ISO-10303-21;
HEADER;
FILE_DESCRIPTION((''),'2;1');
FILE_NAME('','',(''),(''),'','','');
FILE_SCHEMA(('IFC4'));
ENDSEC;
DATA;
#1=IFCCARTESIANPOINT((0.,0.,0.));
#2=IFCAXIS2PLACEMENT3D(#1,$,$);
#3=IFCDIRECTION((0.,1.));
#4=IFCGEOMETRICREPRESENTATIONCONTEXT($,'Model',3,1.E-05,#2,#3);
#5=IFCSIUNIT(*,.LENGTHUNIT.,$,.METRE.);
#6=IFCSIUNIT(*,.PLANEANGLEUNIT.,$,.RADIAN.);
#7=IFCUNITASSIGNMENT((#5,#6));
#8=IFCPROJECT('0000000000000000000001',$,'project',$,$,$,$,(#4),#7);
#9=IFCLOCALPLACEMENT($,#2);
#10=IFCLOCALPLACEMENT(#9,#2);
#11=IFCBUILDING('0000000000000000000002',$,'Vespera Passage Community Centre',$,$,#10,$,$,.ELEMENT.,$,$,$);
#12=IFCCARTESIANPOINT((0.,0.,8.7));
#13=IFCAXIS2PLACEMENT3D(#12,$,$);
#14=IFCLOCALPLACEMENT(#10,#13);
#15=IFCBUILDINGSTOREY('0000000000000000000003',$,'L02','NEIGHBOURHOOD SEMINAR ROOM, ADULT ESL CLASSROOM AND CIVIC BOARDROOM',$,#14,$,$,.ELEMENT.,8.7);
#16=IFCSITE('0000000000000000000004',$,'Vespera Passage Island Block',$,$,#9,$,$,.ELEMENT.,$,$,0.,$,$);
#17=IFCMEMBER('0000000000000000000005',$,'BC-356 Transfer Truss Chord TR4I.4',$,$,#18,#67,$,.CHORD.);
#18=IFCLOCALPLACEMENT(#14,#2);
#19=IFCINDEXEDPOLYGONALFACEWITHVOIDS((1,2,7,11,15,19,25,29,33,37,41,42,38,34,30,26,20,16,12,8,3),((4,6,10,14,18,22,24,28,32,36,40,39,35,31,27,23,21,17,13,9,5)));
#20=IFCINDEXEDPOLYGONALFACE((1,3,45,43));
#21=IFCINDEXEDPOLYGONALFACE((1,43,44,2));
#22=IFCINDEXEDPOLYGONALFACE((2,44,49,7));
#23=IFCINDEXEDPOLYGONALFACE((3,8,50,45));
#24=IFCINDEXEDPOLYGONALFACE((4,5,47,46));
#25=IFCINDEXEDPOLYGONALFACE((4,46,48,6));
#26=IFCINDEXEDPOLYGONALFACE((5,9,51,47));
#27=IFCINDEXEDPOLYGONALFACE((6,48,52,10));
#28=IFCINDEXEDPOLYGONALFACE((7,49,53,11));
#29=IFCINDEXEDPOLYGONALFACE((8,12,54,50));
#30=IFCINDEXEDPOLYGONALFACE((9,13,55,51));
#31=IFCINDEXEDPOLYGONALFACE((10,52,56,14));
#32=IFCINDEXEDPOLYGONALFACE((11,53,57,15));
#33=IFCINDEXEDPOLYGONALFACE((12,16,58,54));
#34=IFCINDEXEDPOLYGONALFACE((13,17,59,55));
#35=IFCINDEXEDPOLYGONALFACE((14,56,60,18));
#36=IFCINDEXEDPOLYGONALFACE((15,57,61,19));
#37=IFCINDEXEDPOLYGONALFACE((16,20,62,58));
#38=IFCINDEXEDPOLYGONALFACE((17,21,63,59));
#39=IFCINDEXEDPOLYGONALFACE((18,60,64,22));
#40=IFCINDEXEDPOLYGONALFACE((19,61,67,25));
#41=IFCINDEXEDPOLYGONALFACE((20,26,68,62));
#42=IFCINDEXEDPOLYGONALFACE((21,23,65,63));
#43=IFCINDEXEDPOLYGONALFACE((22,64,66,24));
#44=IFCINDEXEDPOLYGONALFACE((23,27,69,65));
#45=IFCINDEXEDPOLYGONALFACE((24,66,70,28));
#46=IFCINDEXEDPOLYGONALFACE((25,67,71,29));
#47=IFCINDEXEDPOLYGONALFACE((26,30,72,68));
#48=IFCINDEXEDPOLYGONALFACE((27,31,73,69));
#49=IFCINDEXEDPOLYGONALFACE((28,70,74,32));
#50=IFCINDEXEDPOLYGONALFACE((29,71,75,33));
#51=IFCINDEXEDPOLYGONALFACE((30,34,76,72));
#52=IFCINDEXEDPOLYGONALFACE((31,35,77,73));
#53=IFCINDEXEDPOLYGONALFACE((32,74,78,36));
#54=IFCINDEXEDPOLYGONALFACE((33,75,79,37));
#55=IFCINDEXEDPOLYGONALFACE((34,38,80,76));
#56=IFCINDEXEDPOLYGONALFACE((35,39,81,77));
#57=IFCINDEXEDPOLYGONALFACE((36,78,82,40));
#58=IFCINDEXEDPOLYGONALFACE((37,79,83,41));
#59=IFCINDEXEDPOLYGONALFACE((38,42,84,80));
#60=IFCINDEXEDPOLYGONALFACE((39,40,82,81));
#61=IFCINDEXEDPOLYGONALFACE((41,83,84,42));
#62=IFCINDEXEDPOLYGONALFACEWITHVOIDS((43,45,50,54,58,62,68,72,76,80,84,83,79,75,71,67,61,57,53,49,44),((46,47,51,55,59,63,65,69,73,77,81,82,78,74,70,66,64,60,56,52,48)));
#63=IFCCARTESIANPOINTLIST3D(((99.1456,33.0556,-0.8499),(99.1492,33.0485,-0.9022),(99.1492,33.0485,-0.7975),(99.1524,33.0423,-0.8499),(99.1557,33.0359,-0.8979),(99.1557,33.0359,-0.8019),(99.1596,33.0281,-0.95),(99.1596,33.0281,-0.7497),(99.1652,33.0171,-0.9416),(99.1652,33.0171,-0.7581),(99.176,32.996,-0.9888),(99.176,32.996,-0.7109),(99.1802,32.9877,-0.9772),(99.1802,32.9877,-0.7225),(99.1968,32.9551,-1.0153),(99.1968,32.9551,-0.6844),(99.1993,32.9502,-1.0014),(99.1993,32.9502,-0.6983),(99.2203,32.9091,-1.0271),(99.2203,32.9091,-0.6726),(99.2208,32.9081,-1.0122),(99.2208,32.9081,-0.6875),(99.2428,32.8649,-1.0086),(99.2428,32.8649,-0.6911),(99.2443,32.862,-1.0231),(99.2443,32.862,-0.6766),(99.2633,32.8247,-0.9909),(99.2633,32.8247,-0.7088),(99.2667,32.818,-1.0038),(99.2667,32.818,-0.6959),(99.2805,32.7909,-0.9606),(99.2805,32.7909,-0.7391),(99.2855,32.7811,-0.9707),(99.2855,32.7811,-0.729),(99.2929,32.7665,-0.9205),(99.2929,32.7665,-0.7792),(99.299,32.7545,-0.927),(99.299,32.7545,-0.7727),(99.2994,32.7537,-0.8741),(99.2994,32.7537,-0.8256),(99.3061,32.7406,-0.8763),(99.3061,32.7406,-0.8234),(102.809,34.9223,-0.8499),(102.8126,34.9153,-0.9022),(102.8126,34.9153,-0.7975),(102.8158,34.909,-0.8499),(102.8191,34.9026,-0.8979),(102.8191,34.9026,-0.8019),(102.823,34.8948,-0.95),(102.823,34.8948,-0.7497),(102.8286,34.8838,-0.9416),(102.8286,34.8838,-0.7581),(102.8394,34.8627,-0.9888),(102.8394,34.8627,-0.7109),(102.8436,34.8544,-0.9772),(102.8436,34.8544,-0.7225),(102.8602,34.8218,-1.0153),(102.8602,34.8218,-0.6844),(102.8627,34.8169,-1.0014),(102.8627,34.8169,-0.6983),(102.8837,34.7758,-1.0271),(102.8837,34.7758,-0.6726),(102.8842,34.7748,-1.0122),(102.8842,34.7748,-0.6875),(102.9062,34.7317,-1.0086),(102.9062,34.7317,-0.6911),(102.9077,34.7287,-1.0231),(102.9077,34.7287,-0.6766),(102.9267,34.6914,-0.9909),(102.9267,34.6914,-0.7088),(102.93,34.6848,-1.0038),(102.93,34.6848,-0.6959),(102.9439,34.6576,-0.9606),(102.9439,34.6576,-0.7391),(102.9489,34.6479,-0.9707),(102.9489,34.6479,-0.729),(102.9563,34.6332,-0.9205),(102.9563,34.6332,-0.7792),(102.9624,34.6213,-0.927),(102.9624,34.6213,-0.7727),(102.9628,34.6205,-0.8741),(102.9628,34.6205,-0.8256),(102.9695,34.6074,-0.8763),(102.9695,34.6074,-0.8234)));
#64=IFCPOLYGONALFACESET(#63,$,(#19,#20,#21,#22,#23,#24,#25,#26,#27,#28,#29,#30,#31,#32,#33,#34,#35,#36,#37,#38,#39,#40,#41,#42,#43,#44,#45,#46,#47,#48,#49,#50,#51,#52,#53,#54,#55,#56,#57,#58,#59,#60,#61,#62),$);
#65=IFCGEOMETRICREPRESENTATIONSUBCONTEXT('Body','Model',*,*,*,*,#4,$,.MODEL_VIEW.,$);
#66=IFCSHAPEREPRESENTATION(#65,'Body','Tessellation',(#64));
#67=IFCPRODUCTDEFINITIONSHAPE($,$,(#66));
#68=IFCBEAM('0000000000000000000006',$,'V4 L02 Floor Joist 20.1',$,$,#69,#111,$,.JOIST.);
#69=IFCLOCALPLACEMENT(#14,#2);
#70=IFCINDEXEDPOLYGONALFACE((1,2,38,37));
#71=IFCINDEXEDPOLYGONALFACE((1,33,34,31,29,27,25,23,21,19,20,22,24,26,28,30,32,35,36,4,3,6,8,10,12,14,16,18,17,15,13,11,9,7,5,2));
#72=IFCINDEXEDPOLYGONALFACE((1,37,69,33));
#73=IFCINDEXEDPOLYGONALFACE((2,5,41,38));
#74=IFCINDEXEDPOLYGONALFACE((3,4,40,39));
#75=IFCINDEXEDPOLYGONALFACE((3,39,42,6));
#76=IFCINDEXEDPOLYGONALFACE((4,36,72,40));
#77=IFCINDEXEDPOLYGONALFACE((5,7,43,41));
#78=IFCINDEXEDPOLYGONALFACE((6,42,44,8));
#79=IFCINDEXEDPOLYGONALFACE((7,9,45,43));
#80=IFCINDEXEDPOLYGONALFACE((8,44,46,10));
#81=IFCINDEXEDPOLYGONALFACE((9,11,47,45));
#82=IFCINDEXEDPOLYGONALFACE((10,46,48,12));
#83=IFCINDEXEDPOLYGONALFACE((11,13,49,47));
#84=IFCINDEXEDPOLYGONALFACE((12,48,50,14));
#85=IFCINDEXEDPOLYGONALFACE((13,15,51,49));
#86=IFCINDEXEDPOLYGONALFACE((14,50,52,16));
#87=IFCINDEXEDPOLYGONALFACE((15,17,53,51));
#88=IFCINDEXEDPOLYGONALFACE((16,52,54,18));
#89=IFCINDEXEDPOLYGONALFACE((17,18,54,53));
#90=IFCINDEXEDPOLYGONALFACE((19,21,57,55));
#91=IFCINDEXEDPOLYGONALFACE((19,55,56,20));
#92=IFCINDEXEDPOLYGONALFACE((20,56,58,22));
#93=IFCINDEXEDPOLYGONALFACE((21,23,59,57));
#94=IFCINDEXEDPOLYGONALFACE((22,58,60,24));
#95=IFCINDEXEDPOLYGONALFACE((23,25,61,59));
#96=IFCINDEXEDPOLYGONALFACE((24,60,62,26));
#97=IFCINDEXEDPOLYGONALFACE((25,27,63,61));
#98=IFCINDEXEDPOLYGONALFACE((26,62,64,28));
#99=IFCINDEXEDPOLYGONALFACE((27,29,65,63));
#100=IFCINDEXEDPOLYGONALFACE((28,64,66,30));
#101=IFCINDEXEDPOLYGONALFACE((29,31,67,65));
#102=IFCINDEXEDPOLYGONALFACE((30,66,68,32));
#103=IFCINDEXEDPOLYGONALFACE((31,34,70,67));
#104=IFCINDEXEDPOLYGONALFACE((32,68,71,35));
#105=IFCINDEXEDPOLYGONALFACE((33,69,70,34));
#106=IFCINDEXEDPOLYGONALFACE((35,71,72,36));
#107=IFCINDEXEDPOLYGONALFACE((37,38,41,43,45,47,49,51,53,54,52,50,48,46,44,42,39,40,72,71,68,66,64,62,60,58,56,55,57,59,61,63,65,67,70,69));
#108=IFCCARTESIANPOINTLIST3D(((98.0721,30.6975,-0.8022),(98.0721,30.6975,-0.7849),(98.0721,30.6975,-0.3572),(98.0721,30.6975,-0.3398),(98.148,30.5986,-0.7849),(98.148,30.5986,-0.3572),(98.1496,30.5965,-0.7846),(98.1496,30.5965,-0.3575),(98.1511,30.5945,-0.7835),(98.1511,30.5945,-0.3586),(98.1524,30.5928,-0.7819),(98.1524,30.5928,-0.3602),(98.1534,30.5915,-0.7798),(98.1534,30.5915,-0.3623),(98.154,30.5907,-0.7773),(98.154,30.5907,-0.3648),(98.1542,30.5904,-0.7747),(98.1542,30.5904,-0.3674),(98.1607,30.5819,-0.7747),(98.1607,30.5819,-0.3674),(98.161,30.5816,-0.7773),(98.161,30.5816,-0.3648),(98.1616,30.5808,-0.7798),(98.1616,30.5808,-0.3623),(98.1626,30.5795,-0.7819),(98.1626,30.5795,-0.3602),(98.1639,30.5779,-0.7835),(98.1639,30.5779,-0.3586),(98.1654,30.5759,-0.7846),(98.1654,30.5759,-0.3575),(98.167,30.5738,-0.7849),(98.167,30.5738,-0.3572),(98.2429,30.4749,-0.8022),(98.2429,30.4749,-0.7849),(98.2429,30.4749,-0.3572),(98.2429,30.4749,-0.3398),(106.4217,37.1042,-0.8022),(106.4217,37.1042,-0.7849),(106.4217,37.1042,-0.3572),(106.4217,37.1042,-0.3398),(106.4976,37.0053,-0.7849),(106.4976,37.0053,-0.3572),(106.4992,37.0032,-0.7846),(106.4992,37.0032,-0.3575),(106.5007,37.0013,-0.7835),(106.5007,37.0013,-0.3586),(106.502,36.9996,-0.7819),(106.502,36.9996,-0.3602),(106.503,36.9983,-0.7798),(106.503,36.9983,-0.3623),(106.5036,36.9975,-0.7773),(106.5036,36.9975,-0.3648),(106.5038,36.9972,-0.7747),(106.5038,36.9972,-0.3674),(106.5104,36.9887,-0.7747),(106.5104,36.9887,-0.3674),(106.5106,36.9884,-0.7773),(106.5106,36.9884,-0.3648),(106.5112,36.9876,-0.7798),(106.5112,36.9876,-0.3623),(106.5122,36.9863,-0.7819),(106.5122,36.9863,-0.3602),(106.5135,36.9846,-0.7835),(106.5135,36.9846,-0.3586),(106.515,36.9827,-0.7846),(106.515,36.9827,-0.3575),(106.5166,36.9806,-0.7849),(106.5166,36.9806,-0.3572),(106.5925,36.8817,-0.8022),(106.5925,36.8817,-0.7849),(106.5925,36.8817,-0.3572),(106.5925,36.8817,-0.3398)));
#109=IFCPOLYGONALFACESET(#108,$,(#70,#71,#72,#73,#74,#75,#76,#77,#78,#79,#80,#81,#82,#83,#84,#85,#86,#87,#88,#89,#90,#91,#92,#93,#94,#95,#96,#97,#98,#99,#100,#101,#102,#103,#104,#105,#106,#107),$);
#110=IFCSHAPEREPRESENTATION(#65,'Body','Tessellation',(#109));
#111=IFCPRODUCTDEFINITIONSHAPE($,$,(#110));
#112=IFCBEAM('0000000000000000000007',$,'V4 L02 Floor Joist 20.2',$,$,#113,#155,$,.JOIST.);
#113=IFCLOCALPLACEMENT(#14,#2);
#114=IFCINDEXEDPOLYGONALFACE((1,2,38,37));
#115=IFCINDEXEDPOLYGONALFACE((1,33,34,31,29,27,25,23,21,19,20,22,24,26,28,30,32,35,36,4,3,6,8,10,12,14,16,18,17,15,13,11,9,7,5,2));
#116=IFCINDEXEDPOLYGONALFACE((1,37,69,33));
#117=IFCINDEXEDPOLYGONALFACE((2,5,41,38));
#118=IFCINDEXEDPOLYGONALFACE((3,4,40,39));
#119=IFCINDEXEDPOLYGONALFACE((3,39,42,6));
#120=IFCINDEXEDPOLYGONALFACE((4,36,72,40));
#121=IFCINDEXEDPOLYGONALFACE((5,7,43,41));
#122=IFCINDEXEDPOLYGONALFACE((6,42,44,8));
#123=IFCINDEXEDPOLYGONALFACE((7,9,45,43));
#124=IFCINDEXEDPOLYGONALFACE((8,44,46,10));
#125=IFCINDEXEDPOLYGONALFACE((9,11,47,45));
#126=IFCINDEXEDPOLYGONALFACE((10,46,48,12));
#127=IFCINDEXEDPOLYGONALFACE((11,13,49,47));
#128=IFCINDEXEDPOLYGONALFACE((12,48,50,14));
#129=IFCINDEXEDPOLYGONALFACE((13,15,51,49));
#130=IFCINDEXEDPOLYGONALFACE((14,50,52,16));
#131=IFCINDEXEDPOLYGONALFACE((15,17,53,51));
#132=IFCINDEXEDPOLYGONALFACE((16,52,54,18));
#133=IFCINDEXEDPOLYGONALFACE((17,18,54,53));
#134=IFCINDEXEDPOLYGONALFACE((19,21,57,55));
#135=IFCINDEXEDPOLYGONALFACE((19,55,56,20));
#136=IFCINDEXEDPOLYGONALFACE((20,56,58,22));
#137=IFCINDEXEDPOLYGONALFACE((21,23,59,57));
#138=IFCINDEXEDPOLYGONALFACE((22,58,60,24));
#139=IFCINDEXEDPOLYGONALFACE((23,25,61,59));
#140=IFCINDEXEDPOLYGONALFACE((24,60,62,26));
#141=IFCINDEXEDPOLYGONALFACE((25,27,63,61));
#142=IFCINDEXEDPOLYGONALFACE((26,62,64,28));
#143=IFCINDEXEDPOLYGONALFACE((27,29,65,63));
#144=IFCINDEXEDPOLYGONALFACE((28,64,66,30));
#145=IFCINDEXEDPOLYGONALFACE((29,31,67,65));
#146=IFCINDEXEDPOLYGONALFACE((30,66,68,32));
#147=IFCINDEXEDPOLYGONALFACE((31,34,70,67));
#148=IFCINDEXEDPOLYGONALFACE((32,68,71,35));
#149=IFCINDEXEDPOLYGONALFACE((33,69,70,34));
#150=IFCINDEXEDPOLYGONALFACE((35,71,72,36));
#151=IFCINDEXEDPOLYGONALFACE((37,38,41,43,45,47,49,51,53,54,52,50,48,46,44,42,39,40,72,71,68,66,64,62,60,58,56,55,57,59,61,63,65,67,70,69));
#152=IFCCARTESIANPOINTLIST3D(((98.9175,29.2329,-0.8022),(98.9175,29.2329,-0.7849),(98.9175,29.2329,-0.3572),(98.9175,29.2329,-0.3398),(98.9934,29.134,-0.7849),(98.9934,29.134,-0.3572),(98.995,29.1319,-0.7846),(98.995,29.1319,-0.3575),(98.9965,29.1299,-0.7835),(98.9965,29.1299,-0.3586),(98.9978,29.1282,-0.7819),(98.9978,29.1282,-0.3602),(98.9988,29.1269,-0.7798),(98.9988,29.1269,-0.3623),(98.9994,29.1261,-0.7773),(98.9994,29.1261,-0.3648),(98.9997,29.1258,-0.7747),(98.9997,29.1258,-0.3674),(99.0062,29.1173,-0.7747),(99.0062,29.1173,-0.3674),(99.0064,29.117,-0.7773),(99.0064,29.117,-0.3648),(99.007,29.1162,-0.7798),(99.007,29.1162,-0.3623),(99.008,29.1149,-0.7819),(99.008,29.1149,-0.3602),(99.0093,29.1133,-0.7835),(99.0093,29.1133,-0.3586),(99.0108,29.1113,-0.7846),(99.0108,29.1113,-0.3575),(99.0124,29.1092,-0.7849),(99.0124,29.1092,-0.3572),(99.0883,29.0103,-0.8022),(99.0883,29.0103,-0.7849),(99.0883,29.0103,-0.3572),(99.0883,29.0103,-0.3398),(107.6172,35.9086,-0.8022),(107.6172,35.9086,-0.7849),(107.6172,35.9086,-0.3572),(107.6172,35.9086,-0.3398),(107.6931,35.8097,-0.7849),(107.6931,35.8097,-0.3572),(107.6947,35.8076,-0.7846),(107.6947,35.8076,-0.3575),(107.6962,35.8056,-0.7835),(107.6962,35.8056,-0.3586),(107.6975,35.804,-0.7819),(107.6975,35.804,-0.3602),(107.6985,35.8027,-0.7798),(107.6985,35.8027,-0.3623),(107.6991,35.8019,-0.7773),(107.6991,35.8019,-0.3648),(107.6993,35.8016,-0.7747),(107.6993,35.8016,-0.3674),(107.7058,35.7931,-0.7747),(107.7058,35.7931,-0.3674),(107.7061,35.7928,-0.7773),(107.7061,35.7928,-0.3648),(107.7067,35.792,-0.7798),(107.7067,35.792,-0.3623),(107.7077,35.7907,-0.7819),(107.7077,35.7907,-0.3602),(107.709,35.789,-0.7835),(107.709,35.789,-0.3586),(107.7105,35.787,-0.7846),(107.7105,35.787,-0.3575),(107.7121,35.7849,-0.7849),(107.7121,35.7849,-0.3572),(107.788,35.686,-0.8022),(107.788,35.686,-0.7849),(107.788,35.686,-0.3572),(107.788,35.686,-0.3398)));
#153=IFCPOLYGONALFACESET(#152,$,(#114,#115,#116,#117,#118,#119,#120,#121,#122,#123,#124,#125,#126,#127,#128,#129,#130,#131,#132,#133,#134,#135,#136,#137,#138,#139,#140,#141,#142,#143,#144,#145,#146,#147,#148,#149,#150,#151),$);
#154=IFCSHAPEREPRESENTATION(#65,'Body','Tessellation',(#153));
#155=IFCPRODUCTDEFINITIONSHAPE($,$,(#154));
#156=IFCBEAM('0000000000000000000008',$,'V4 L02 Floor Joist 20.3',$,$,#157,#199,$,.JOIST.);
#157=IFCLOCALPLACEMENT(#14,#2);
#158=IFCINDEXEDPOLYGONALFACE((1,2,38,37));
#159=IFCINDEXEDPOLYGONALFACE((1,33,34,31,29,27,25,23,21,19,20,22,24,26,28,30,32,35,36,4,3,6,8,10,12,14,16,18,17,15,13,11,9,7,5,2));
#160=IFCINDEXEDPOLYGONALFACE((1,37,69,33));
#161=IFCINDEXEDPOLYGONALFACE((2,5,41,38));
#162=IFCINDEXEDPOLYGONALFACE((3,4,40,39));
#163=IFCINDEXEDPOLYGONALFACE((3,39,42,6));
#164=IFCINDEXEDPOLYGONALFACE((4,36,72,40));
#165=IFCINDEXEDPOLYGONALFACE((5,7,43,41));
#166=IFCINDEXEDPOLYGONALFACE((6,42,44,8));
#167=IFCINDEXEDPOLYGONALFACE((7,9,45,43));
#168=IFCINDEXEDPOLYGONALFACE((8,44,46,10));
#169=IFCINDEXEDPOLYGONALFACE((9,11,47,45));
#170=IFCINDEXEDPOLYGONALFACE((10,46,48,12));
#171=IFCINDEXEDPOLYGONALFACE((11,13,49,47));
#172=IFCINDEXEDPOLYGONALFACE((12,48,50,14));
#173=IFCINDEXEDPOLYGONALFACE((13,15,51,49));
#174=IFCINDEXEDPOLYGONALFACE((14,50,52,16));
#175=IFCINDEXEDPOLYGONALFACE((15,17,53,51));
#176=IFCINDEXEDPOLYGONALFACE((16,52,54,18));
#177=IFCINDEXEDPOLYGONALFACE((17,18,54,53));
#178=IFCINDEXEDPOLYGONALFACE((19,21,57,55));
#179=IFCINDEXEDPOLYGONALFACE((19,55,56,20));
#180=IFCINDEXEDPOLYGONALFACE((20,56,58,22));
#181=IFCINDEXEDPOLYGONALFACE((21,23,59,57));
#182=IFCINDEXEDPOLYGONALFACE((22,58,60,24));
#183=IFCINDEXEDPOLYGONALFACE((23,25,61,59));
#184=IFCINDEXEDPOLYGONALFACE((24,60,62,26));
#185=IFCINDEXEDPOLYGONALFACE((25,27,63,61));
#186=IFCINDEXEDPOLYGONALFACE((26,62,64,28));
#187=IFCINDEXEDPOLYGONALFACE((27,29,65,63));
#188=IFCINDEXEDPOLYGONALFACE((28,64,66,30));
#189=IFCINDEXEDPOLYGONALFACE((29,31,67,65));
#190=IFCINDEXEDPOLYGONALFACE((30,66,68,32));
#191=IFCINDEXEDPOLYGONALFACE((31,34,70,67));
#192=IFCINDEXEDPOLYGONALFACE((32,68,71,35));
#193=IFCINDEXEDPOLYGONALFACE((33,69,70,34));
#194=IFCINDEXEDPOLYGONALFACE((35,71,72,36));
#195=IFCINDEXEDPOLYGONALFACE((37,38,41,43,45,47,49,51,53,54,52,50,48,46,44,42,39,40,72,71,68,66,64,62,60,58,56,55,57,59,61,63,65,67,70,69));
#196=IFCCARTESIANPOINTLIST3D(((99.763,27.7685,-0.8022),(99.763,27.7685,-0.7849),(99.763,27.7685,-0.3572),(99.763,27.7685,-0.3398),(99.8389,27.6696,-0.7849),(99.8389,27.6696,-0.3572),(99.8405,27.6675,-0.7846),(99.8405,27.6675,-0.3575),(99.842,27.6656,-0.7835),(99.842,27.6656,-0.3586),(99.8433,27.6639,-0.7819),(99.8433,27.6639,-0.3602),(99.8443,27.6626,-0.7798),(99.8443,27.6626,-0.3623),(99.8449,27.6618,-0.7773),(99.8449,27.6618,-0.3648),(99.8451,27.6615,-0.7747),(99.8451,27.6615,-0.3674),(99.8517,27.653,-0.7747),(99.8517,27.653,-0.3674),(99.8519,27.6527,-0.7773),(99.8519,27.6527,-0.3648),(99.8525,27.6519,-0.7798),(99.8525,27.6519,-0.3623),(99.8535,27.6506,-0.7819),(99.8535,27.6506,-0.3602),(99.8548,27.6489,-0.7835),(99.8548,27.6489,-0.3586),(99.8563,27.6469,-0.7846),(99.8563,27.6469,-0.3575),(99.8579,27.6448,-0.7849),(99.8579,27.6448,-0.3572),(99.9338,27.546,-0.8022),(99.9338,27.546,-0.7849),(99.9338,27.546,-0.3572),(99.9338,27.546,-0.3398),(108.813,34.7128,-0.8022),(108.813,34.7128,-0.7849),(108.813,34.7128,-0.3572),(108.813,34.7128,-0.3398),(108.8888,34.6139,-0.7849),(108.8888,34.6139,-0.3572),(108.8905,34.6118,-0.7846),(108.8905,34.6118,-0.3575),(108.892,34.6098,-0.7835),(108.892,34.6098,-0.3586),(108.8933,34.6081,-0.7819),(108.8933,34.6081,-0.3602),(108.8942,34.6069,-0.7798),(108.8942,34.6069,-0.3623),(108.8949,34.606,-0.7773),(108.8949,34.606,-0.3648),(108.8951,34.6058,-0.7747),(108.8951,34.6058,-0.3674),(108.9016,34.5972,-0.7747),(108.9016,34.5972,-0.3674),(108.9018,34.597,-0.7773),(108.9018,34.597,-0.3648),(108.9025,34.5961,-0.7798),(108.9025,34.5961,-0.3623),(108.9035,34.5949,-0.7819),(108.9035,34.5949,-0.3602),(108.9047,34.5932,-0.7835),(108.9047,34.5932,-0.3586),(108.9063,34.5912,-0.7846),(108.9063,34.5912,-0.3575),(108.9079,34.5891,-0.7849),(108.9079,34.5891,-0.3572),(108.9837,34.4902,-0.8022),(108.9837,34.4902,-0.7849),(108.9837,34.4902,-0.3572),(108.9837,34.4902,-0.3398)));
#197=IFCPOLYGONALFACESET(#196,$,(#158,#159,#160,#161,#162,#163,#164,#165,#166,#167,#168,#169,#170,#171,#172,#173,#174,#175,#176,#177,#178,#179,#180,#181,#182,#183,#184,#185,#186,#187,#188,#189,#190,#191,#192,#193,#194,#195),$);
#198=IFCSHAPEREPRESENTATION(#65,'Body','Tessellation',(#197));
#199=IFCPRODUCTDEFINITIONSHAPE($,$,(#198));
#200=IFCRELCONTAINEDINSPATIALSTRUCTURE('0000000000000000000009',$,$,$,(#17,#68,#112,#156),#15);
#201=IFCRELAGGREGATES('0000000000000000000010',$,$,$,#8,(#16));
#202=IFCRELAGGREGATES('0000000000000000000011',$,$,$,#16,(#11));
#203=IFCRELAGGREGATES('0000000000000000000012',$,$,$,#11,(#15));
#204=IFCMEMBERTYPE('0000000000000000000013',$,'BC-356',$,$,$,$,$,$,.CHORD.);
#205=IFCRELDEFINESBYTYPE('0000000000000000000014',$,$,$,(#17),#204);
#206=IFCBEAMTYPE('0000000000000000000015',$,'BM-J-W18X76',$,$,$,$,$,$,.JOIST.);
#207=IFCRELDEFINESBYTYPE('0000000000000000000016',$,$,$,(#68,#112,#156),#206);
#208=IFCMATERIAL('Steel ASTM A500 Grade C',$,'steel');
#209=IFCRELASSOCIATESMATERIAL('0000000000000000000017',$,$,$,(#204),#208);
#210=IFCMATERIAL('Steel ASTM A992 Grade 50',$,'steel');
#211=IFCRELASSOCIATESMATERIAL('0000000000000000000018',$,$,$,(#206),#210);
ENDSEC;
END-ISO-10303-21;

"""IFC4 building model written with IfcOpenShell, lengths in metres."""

from ifc_helpers import new_model, si_unit, direction, frame, origin, origin_2d, place, context, subcontext, project, spatial, hollow_circle, i_section, extrude, material, material_profile, profile_set, type_object, element, save


model = new_model("IFC4")

# Units and contexts
model_context = context("Model", 3, precision=1e-05, world=origin(), true_north=direction((0.0, 1.0)))
body_context = subcontext(model_context, "Body", "Model", "MODEL_VIEW")
ifc_project = project(units=[si_unit("LENGTHUNIT", "METRE"), si_unit("PLANEANGLEUNIT", "RADIAN")], contexts=[model_context])

# Site, building, storey
site_placement = place(None, origin())
site = spatial("IfcSite", under=ifc_project, at=site_placement, Name="Vespera Passage Island Block", CompositionType="ELEMENT", RefElevation=0.0)
building_placement = place(site_placement, origin())
building = spatial("IfcBuilding", under=site, at=building_placement, Name="Vespera Passage Community Centre", CompositionType="ELEMENT")
storey_placement = place(building_placement, frame((0.0, 0.0, 8.7)))
storey = spatial("IfcBuildingStorey", under=building, at=storey_placement, Name="L02", Description="NEIGHBOURHOOD SEMINAR ROOM, ADULT ESL CLASSROOM AND CIVIC BOARDROOM", CompositionType="ELEMENT", Elevation=8.7)

# Member
ifc_material_1 = material(Name="Steel ASTM A500 Grade C", Category="steel")
ifc_material_profile_1 = material_profile(ifc_material_1, hollow_circle(Radius=0.1777, WallThickness=0.0149, at=origin_2d()), Name="CHS356X15.9")
ifc_profile_set_1 = profile_set([ifc_material_profile_1], Name="Steel ASTM A500 Grade C")
member_type_1 = type_object("IfcMemberType", Name="BC-356", PredefinedType="CHORD", material=ifc_profile_set_1)
member_1_placement = place(storey_placement, frame((99.2263, 32.8972, -0.8499), z_axis=(0.890993, 0.454017, 0.0), x_axis=(-0.454017, 0.890993, 0.0)))
element("IfcMember", 1, at=member_1_placement, inside=storey, type_object=member_type_1, Name="BC-356 Transfer Truss Chord TR4I.4", PredefinedType="CHORD", context=body_context, shape_type="SweptSolid", body=[
    extrude(hollow_circle(Radius=0.1777, WallThickness=0.0149, at=origin_2d()), origin(), (0.0, 0.0, 1.0), 4.1116),
])

# Beams
ifc_material_2 = material(Name="Steel ASTM A992 Grade 50", Category="steel")
ifc_material_profile_2 = material_profile(ifc_material_2, i_section(OverallWidth=0.2805, OverallDepth=0.4624, WebThickness=0.0107, FlangeThickness=0.0173, FilletRadius=0.0103, at=origin_2d()), Name="W18X76")
ifc_profile_set_2 = profile_set([ifc_material_profile_2], Name="Steel ASTM A992 Grade 50")
beam_type_1 = type_object("IfcBeamType", Name="BM-J-W18X76", PredefinedType="JOIST", material=ifc_profile_set_2)
beam_1_placement = place(storey_placement, frame((98.1575, 30.5862, -0.571), z_axis=(0.79336, 0.608753, 0.0), x_axis=(-0.608753, 0.79336, 0.0)))
element("IfcBeam", 2, at=beam_1_placement, inside=storey, type_object=beam_type_1, Name="V4 L02 Floor Joist 20.1", PredefinedType="JOIST", context=body_context, shape_type="SweptSolid", body=[
    extrude(i_section(OverallWidth=0.2805, OverallDepth=0.4624, WebThickness=0.0107, FlangeThickness=0.0173, FilletRadius=0.0103, at=origin_2d()), origin(), (0.0, 0.0, 1.0), 10.5244),
])
beam_2_placement = place(storey_placement, frame((99.0029, 29.1216, -0.571), z_axis=(0.793342, 0.608776, 0.0), x_axis=(-0.608776, 0.793342, 0.0)))
element("IfcBeam", 3, at=beam_2_placement, inside=storey, type_object=beam_type_1, Name="V4 L02 Floor Joist 20.2", PredefinedType="JOIST", context=body_context, shape_type="SweptSolid", body=[
    extrude(i_section(OverallWidth=0.2805, OverallDepth=0.4624, WebThickness=0.0107, FlangeThickness=0.0173, FilletRadius=0.0103, at=origin_2d()), origin(), (0.0, 0.0, 1.0), 10.9658),
])
beam_3_placement = place(storey_placement, frame((99.8484, 27.6572, -0.571), z_axis=(0.793354, 0.608761, 0.0), x_axis=(-0.608761, 0.793354, 0.0)))
element("IfcBeam", 4, at=beam_3_placement, inside=storey, type_object=beam_type_1, Name="V4 L02 Floor Joist 20.3", PredefinedType="JOIST", context=body_context, shape_type="SweptSolid", body=[
    extrude(i_section(OverallWidth=0.2805, OverallDepth=0.4624, WebThickness=0.0107, FlangeThickness=0.0173, FilletRadius=0.0103, at=origin_2d()), origin(), (0.0, 0.0, 1.0), 11.4072),
])

save(model, "model.ifc")
